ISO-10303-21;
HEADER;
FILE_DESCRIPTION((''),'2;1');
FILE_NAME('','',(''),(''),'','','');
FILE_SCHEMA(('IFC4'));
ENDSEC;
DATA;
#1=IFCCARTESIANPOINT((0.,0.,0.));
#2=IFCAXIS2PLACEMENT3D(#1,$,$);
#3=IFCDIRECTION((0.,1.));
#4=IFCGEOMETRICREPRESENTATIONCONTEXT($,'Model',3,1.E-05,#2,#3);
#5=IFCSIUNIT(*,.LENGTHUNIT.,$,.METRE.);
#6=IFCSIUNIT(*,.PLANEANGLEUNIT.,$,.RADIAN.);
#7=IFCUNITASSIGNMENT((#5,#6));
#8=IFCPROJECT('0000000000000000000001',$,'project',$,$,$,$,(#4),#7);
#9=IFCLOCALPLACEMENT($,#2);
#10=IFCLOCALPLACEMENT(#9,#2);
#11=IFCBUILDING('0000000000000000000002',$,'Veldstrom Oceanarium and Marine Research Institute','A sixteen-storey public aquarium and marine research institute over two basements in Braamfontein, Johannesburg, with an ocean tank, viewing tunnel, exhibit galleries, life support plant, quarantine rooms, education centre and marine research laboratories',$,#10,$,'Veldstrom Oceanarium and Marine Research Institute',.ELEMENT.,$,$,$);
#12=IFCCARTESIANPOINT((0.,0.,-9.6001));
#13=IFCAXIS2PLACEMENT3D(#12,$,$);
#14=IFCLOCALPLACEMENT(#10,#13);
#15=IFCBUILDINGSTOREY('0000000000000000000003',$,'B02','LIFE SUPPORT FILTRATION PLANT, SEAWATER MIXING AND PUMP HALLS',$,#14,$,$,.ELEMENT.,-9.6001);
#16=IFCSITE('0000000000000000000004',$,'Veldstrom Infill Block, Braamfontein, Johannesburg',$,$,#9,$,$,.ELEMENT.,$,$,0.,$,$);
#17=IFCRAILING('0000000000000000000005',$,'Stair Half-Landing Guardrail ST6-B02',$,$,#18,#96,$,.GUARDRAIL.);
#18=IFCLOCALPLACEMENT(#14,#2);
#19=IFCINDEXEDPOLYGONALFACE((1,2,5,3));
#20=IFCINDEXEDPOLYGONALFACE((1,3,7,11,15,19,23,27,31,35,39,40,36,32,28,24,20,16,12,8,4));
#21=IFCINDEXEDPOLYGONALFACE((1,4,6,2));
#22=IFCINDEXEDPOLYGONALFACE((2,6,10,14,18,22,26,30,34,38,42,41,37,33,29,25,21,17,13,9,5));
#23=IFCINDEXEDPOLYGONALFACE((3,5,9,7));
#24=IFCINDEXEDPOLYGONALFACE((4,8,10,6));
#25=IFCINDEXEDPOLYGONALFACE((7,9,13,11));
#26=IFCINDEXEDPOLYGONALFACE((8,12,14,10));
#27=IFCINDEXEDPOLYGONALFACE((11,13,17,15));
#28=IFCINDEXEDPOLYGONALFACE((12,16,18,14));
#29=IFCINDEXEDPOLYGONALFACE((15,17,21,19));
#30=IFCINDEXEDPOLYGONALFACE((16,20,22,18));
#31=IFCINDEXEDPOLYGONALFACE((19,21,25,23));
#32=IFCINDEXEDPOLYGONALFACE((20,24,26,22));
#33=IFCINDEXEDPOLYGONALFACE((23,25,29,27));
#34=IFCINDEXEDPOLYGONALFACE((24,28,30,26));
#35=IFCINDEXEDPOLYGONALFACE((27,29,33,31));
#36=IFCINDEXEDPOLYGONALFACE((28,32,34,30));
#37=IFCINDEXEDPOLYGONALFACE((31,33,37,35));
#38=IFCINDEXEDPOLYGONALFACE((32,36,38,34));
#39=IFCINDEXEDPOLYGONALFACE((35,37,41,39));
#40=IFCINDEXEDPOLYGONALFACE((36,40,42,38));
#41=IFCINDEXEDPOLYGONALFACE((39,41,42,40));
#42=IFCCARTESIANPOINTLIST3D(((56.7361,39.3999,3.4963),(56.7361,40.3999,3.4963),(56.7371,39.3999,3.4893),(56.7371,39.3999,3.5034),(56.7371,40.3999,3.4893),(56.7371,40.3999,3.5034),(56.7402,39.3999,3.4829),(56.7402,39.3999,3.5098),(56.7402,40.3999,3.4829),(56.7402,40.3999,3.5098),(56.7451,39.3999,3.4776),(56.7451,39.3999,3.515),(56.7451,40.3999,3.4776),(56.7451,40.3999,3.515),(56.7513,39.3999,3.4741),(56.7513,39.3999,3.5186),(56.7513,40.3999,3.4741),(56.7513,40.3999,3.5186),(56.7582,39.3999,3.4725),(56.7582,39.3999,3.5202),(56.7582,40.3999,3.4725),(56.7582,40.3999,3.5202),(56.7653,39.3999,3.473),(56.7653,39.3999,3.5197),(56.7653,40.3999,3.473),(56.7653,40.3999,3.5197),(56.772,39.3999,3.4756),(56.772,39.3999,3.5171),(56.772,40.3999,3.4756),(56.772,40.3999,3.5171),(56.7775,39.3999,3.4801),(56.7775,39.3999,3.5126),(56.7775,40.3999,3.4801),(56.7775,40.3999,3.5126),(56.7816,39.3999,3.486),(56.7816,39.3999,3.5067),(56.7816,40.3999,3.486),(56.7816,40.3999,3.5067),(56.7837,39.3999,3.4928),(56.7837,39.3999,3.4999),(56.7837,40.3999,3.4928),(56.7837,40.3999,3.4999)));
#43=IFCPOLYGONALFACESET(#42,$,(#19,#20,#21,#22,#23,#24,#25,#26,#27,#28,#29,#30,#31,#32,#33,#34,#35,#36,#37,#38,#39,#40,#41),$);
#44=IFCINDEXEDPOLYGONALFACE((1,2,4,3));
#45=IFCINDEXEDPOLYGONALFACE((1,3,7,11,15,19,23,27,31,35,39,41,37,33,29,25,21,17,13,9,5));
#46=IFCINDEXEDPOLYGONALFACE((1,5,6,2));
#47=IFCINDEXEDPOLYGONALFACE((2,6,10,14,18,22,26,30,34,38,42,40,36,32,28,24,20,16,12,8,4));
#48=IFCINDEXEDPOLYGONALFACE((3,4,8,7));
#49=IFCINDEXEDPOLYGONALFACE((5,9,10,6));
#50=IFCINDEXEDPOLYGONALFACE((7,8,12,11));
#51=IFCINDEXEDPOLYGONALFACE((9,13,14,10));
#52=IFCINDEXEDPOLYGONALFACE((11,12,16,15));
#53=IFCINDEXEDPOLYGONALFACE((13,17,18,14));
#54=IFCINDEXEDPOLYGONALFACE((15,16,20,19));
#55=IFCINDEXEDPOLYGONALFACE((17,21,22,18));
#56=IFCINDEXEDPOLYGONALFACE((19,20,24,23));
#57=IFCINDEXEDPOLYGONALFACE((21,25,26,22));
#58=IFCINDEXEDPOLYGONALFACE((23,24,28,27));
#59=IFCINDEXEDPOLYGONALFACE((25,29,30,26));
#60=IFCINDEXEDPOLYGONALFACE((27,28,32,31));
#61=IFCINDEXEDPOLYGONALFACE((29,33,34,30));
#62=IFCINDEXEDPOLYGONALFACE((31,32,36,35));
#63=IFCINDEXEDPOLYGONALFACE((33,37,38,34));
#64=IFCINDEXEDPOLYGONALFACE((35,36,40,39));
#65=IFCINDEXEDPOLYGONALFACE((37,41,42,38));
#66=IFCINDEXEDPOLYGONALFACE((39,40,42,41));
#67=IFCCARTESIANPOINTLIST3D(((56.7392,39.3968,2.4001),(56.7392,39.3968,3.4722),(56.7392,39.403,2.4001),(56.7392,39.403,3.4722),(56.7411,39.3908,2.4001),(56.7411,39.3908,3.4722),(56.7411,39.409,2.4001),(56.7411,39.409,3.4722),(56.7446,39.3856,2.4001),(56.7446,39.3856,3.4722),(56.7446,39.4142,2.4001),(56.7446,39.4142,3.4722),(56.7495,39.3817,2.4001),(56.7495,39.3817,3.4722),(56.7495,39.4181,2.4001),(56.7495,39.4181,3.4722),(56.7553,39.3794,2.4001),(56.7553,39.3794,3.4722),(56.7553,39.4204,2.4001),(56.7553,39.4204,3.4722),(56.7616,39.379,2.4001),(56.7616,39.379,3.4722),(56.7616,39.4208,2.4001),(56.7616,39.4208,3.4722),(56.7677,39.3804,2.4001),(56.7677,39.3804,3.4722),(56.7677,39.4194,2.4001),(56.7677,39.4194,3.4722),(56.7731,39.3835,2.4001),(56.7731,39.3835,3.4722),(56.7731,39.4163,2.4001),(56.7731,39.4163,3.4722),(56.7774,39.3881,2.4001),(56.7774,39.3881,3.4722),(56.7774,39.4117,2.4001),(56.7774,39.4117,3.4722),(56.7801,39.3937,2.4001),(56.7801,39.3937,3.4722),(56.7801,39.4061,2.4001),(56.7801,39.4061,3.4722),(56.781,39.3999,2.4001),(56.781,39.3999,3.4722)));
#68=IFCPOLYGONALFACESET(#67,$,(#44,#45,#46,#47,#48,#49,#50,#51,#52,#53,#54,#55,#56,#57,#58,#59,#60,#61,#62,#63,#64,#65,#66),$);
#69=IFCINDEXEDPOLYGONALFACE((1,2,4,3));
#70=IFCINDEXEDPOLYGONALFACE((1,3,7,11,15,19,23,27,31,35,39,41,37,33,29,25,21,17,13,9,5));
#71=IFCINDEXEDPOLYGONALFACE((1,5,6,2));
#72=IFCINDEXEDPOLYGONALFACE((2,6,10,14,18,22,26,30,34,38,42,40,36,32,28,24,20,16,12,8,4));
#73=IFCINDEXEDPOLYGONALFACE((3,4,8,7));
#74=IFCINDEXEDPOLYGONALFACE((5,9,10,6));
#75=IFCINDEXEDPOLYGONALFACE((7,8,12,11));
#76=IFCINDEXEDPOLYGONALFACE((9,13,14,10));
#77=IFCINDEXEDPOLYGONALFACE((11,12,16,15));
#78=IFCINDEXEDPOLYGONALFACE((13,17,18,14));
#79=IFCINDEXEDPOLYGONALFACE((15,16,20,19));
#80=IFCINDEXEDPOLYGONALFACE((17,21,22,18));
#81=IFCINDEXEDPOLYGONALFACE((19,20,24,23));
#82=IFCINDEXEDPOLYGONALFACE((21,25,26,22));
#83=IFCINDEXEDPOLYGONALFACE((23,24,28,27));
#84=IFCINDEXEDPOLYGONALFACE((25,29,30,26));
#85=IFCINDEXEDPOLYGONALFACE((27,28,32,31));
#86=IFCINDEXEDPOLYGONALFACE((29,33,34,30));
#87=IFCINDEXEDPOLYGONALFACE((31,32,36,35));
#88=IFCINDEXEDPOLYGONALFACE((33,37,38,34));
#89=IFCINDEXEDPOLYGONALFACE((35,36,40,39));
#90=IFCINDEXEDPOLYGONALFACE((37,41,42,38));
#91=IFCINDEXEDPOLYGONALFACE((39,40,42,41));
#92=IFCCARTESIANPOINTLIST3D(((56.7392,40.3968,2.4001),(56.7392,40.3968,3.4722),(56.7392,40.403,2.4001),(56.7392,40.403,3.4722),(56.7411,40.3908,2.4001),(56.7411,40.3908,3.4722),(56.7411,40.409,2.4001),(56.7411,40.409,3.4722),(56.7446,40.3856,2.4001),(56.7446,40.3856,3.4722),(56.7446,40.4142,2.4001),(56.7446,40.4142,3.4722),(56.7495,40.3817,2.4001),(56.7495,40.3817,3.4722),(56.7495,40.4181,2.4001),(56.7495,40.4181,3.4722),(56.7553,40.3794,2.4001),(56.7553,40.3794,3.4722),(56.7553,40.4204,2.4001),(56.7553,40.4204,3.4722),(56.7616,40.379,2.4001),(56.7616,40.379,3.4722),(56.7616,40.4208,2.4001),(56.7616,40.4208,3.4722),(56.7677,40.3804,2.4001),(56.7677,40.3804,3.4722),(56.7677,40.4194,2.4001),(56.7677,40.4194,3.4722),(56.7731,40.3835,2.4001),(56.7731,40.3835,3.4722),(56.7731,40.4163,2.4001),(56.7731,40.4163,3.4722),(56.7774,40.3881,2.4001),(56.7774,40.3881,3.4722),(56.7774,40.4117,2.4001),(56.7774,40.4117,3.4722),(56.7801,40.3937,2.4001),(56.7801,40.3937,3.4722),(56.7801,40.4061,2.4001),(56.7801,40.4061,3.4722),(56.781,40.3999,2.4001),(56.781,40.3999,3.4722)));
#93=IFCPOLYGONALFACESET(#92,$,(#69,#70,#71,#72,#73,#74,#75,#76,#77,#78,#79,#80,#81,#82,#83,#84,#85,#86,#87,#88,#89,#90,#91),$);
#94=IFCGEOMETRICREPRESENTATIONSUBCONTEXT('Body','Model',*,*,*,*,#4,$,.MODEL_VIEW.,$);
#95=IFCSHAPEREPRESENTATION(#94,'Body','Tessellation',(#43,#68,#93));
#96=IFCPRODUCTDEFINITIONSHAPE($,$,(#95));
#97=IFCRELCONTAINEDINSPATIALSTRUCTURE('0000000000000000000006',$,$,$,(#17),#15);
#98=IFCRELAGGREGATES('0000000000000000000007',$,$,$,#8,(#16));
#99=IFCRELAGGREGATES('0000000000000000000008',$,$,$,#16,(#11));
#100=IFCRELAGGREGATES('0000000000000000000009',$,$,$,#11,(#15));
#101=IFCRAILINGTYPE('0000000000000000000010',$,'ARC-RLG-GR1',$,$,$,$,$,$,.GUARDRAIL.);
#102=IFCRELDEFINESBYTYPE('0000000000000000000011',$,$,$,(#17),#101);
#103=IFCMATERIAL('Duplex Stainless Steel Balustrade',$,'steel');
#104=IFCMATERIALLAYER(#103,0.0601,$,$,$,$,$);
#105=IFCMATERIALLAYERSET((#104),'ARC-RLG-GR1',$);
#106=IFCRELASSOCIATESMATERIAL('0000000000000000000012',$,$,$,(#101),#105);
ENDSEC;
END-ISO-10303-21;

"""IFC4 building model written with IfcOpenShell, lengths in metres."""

from ifc_helpers import new_model, si_unit, direction, frame, origin, origin_2d, place, context, subcontext, project, spatial, circle, extrude, material, layer, layer_set, type_object, element, save


model = new_model("IFC4")

# Units and contexts
model_context = context("Model", 3, precision=1e-05, world=origin(), true_north=direction((0.0, 1.0)))
body_context = subcontext(model_context, "Body", "Model", "MODEL_VIEW")
ifc_project = project(units=[si_unit("LENGTHUNIT", "METRE"), si_unit("PLANEANGLEUNIT", "RADIAN")], contexts=[model_context])

# Site, building, storey
site_placement = place(None, origin())
site = spatial("IfcSite", under=ifc_project, at=site_placement, Name="Veldstrom Infill Block, Braamfontein, Johannesburg", CompositionType="ELEMENT", RefElevation=0.0)
building_placement = place(site_placement, origin())
building = spatial("IfcBuilding", under=site, at=building_placement, Name="Veldstrom Oceanarium and Marine Research Institute", Description="A sixteen-storey public aquarium and marine research institute over two basements in Braamfontein, Johannesburg, with an ocean tank, viewing tunnel, exhibit galleries, life support plant, quarantine rooms, education centre and marine research laboratories", LongName="Veldstrom Oceanarium and Marine Research Institute", CompositionType="ELEMENT")
storey_placement = place(building_placement, frame((0.0, 0.0, -9.6001)))
storey = spatial("IfcBuildingStorey", under=building, at=storey_placement, Name="B02", Description="LIFE SUPPORT FILTRATION PLANT, SEAWATER MIXING AND PUMP HALLS", CompositionType="ELEMENT", Elevation=-9.6001)

# Railing
ifc_material_1 = material(Name="Duplex Stainless Steel Balustrade", Category="steel")
ifc_layer_1 = layer(ifc_material_1, 0.0601)
ifc_layer_set_1 = layer_set([ifc_layer_1], Name="ARC-RLG-GR1")
railing_type_1 = type_object("IfcRailingType", Name="ARC-RLG-GR1", PredefinedType="GUARDRAIL", material=ifc_layer_set_1)
railing_1_placement = place(storey_placement, frame((56.76, 39.3999, 2.4001)))
element("IfcRailing", 1, at=railing_1_placement, inside=storey, type_object=railing_type_1, Name="Stair Half-Landing Guardrail ST6-B02", PredefinedType="GUARDRAIL", context=body_context, shape_type="SweptSolid", body=[
    extrude(circle(Radius=0.0239, at=origin_2d()), frame((0.0, 0.0, 1.0962), z_axis=(0.0, 1.0, 0.0), x_axis=(-1.0, 0.0, 0.0)), (0.0, 0.0, 1.0), 1.0),
    extrude(circle(Radius=0.021, at=origin_2d()), origin(), (0.0, 0.0, 1.0), 1.072),
    extrude(circle(Radius=0.021, at=origin_2d()), frame((0.0, 1.0, 0.0)), (0.0, 0.0, 1.0), 1.072),
])

save(model, "model.ifc")
